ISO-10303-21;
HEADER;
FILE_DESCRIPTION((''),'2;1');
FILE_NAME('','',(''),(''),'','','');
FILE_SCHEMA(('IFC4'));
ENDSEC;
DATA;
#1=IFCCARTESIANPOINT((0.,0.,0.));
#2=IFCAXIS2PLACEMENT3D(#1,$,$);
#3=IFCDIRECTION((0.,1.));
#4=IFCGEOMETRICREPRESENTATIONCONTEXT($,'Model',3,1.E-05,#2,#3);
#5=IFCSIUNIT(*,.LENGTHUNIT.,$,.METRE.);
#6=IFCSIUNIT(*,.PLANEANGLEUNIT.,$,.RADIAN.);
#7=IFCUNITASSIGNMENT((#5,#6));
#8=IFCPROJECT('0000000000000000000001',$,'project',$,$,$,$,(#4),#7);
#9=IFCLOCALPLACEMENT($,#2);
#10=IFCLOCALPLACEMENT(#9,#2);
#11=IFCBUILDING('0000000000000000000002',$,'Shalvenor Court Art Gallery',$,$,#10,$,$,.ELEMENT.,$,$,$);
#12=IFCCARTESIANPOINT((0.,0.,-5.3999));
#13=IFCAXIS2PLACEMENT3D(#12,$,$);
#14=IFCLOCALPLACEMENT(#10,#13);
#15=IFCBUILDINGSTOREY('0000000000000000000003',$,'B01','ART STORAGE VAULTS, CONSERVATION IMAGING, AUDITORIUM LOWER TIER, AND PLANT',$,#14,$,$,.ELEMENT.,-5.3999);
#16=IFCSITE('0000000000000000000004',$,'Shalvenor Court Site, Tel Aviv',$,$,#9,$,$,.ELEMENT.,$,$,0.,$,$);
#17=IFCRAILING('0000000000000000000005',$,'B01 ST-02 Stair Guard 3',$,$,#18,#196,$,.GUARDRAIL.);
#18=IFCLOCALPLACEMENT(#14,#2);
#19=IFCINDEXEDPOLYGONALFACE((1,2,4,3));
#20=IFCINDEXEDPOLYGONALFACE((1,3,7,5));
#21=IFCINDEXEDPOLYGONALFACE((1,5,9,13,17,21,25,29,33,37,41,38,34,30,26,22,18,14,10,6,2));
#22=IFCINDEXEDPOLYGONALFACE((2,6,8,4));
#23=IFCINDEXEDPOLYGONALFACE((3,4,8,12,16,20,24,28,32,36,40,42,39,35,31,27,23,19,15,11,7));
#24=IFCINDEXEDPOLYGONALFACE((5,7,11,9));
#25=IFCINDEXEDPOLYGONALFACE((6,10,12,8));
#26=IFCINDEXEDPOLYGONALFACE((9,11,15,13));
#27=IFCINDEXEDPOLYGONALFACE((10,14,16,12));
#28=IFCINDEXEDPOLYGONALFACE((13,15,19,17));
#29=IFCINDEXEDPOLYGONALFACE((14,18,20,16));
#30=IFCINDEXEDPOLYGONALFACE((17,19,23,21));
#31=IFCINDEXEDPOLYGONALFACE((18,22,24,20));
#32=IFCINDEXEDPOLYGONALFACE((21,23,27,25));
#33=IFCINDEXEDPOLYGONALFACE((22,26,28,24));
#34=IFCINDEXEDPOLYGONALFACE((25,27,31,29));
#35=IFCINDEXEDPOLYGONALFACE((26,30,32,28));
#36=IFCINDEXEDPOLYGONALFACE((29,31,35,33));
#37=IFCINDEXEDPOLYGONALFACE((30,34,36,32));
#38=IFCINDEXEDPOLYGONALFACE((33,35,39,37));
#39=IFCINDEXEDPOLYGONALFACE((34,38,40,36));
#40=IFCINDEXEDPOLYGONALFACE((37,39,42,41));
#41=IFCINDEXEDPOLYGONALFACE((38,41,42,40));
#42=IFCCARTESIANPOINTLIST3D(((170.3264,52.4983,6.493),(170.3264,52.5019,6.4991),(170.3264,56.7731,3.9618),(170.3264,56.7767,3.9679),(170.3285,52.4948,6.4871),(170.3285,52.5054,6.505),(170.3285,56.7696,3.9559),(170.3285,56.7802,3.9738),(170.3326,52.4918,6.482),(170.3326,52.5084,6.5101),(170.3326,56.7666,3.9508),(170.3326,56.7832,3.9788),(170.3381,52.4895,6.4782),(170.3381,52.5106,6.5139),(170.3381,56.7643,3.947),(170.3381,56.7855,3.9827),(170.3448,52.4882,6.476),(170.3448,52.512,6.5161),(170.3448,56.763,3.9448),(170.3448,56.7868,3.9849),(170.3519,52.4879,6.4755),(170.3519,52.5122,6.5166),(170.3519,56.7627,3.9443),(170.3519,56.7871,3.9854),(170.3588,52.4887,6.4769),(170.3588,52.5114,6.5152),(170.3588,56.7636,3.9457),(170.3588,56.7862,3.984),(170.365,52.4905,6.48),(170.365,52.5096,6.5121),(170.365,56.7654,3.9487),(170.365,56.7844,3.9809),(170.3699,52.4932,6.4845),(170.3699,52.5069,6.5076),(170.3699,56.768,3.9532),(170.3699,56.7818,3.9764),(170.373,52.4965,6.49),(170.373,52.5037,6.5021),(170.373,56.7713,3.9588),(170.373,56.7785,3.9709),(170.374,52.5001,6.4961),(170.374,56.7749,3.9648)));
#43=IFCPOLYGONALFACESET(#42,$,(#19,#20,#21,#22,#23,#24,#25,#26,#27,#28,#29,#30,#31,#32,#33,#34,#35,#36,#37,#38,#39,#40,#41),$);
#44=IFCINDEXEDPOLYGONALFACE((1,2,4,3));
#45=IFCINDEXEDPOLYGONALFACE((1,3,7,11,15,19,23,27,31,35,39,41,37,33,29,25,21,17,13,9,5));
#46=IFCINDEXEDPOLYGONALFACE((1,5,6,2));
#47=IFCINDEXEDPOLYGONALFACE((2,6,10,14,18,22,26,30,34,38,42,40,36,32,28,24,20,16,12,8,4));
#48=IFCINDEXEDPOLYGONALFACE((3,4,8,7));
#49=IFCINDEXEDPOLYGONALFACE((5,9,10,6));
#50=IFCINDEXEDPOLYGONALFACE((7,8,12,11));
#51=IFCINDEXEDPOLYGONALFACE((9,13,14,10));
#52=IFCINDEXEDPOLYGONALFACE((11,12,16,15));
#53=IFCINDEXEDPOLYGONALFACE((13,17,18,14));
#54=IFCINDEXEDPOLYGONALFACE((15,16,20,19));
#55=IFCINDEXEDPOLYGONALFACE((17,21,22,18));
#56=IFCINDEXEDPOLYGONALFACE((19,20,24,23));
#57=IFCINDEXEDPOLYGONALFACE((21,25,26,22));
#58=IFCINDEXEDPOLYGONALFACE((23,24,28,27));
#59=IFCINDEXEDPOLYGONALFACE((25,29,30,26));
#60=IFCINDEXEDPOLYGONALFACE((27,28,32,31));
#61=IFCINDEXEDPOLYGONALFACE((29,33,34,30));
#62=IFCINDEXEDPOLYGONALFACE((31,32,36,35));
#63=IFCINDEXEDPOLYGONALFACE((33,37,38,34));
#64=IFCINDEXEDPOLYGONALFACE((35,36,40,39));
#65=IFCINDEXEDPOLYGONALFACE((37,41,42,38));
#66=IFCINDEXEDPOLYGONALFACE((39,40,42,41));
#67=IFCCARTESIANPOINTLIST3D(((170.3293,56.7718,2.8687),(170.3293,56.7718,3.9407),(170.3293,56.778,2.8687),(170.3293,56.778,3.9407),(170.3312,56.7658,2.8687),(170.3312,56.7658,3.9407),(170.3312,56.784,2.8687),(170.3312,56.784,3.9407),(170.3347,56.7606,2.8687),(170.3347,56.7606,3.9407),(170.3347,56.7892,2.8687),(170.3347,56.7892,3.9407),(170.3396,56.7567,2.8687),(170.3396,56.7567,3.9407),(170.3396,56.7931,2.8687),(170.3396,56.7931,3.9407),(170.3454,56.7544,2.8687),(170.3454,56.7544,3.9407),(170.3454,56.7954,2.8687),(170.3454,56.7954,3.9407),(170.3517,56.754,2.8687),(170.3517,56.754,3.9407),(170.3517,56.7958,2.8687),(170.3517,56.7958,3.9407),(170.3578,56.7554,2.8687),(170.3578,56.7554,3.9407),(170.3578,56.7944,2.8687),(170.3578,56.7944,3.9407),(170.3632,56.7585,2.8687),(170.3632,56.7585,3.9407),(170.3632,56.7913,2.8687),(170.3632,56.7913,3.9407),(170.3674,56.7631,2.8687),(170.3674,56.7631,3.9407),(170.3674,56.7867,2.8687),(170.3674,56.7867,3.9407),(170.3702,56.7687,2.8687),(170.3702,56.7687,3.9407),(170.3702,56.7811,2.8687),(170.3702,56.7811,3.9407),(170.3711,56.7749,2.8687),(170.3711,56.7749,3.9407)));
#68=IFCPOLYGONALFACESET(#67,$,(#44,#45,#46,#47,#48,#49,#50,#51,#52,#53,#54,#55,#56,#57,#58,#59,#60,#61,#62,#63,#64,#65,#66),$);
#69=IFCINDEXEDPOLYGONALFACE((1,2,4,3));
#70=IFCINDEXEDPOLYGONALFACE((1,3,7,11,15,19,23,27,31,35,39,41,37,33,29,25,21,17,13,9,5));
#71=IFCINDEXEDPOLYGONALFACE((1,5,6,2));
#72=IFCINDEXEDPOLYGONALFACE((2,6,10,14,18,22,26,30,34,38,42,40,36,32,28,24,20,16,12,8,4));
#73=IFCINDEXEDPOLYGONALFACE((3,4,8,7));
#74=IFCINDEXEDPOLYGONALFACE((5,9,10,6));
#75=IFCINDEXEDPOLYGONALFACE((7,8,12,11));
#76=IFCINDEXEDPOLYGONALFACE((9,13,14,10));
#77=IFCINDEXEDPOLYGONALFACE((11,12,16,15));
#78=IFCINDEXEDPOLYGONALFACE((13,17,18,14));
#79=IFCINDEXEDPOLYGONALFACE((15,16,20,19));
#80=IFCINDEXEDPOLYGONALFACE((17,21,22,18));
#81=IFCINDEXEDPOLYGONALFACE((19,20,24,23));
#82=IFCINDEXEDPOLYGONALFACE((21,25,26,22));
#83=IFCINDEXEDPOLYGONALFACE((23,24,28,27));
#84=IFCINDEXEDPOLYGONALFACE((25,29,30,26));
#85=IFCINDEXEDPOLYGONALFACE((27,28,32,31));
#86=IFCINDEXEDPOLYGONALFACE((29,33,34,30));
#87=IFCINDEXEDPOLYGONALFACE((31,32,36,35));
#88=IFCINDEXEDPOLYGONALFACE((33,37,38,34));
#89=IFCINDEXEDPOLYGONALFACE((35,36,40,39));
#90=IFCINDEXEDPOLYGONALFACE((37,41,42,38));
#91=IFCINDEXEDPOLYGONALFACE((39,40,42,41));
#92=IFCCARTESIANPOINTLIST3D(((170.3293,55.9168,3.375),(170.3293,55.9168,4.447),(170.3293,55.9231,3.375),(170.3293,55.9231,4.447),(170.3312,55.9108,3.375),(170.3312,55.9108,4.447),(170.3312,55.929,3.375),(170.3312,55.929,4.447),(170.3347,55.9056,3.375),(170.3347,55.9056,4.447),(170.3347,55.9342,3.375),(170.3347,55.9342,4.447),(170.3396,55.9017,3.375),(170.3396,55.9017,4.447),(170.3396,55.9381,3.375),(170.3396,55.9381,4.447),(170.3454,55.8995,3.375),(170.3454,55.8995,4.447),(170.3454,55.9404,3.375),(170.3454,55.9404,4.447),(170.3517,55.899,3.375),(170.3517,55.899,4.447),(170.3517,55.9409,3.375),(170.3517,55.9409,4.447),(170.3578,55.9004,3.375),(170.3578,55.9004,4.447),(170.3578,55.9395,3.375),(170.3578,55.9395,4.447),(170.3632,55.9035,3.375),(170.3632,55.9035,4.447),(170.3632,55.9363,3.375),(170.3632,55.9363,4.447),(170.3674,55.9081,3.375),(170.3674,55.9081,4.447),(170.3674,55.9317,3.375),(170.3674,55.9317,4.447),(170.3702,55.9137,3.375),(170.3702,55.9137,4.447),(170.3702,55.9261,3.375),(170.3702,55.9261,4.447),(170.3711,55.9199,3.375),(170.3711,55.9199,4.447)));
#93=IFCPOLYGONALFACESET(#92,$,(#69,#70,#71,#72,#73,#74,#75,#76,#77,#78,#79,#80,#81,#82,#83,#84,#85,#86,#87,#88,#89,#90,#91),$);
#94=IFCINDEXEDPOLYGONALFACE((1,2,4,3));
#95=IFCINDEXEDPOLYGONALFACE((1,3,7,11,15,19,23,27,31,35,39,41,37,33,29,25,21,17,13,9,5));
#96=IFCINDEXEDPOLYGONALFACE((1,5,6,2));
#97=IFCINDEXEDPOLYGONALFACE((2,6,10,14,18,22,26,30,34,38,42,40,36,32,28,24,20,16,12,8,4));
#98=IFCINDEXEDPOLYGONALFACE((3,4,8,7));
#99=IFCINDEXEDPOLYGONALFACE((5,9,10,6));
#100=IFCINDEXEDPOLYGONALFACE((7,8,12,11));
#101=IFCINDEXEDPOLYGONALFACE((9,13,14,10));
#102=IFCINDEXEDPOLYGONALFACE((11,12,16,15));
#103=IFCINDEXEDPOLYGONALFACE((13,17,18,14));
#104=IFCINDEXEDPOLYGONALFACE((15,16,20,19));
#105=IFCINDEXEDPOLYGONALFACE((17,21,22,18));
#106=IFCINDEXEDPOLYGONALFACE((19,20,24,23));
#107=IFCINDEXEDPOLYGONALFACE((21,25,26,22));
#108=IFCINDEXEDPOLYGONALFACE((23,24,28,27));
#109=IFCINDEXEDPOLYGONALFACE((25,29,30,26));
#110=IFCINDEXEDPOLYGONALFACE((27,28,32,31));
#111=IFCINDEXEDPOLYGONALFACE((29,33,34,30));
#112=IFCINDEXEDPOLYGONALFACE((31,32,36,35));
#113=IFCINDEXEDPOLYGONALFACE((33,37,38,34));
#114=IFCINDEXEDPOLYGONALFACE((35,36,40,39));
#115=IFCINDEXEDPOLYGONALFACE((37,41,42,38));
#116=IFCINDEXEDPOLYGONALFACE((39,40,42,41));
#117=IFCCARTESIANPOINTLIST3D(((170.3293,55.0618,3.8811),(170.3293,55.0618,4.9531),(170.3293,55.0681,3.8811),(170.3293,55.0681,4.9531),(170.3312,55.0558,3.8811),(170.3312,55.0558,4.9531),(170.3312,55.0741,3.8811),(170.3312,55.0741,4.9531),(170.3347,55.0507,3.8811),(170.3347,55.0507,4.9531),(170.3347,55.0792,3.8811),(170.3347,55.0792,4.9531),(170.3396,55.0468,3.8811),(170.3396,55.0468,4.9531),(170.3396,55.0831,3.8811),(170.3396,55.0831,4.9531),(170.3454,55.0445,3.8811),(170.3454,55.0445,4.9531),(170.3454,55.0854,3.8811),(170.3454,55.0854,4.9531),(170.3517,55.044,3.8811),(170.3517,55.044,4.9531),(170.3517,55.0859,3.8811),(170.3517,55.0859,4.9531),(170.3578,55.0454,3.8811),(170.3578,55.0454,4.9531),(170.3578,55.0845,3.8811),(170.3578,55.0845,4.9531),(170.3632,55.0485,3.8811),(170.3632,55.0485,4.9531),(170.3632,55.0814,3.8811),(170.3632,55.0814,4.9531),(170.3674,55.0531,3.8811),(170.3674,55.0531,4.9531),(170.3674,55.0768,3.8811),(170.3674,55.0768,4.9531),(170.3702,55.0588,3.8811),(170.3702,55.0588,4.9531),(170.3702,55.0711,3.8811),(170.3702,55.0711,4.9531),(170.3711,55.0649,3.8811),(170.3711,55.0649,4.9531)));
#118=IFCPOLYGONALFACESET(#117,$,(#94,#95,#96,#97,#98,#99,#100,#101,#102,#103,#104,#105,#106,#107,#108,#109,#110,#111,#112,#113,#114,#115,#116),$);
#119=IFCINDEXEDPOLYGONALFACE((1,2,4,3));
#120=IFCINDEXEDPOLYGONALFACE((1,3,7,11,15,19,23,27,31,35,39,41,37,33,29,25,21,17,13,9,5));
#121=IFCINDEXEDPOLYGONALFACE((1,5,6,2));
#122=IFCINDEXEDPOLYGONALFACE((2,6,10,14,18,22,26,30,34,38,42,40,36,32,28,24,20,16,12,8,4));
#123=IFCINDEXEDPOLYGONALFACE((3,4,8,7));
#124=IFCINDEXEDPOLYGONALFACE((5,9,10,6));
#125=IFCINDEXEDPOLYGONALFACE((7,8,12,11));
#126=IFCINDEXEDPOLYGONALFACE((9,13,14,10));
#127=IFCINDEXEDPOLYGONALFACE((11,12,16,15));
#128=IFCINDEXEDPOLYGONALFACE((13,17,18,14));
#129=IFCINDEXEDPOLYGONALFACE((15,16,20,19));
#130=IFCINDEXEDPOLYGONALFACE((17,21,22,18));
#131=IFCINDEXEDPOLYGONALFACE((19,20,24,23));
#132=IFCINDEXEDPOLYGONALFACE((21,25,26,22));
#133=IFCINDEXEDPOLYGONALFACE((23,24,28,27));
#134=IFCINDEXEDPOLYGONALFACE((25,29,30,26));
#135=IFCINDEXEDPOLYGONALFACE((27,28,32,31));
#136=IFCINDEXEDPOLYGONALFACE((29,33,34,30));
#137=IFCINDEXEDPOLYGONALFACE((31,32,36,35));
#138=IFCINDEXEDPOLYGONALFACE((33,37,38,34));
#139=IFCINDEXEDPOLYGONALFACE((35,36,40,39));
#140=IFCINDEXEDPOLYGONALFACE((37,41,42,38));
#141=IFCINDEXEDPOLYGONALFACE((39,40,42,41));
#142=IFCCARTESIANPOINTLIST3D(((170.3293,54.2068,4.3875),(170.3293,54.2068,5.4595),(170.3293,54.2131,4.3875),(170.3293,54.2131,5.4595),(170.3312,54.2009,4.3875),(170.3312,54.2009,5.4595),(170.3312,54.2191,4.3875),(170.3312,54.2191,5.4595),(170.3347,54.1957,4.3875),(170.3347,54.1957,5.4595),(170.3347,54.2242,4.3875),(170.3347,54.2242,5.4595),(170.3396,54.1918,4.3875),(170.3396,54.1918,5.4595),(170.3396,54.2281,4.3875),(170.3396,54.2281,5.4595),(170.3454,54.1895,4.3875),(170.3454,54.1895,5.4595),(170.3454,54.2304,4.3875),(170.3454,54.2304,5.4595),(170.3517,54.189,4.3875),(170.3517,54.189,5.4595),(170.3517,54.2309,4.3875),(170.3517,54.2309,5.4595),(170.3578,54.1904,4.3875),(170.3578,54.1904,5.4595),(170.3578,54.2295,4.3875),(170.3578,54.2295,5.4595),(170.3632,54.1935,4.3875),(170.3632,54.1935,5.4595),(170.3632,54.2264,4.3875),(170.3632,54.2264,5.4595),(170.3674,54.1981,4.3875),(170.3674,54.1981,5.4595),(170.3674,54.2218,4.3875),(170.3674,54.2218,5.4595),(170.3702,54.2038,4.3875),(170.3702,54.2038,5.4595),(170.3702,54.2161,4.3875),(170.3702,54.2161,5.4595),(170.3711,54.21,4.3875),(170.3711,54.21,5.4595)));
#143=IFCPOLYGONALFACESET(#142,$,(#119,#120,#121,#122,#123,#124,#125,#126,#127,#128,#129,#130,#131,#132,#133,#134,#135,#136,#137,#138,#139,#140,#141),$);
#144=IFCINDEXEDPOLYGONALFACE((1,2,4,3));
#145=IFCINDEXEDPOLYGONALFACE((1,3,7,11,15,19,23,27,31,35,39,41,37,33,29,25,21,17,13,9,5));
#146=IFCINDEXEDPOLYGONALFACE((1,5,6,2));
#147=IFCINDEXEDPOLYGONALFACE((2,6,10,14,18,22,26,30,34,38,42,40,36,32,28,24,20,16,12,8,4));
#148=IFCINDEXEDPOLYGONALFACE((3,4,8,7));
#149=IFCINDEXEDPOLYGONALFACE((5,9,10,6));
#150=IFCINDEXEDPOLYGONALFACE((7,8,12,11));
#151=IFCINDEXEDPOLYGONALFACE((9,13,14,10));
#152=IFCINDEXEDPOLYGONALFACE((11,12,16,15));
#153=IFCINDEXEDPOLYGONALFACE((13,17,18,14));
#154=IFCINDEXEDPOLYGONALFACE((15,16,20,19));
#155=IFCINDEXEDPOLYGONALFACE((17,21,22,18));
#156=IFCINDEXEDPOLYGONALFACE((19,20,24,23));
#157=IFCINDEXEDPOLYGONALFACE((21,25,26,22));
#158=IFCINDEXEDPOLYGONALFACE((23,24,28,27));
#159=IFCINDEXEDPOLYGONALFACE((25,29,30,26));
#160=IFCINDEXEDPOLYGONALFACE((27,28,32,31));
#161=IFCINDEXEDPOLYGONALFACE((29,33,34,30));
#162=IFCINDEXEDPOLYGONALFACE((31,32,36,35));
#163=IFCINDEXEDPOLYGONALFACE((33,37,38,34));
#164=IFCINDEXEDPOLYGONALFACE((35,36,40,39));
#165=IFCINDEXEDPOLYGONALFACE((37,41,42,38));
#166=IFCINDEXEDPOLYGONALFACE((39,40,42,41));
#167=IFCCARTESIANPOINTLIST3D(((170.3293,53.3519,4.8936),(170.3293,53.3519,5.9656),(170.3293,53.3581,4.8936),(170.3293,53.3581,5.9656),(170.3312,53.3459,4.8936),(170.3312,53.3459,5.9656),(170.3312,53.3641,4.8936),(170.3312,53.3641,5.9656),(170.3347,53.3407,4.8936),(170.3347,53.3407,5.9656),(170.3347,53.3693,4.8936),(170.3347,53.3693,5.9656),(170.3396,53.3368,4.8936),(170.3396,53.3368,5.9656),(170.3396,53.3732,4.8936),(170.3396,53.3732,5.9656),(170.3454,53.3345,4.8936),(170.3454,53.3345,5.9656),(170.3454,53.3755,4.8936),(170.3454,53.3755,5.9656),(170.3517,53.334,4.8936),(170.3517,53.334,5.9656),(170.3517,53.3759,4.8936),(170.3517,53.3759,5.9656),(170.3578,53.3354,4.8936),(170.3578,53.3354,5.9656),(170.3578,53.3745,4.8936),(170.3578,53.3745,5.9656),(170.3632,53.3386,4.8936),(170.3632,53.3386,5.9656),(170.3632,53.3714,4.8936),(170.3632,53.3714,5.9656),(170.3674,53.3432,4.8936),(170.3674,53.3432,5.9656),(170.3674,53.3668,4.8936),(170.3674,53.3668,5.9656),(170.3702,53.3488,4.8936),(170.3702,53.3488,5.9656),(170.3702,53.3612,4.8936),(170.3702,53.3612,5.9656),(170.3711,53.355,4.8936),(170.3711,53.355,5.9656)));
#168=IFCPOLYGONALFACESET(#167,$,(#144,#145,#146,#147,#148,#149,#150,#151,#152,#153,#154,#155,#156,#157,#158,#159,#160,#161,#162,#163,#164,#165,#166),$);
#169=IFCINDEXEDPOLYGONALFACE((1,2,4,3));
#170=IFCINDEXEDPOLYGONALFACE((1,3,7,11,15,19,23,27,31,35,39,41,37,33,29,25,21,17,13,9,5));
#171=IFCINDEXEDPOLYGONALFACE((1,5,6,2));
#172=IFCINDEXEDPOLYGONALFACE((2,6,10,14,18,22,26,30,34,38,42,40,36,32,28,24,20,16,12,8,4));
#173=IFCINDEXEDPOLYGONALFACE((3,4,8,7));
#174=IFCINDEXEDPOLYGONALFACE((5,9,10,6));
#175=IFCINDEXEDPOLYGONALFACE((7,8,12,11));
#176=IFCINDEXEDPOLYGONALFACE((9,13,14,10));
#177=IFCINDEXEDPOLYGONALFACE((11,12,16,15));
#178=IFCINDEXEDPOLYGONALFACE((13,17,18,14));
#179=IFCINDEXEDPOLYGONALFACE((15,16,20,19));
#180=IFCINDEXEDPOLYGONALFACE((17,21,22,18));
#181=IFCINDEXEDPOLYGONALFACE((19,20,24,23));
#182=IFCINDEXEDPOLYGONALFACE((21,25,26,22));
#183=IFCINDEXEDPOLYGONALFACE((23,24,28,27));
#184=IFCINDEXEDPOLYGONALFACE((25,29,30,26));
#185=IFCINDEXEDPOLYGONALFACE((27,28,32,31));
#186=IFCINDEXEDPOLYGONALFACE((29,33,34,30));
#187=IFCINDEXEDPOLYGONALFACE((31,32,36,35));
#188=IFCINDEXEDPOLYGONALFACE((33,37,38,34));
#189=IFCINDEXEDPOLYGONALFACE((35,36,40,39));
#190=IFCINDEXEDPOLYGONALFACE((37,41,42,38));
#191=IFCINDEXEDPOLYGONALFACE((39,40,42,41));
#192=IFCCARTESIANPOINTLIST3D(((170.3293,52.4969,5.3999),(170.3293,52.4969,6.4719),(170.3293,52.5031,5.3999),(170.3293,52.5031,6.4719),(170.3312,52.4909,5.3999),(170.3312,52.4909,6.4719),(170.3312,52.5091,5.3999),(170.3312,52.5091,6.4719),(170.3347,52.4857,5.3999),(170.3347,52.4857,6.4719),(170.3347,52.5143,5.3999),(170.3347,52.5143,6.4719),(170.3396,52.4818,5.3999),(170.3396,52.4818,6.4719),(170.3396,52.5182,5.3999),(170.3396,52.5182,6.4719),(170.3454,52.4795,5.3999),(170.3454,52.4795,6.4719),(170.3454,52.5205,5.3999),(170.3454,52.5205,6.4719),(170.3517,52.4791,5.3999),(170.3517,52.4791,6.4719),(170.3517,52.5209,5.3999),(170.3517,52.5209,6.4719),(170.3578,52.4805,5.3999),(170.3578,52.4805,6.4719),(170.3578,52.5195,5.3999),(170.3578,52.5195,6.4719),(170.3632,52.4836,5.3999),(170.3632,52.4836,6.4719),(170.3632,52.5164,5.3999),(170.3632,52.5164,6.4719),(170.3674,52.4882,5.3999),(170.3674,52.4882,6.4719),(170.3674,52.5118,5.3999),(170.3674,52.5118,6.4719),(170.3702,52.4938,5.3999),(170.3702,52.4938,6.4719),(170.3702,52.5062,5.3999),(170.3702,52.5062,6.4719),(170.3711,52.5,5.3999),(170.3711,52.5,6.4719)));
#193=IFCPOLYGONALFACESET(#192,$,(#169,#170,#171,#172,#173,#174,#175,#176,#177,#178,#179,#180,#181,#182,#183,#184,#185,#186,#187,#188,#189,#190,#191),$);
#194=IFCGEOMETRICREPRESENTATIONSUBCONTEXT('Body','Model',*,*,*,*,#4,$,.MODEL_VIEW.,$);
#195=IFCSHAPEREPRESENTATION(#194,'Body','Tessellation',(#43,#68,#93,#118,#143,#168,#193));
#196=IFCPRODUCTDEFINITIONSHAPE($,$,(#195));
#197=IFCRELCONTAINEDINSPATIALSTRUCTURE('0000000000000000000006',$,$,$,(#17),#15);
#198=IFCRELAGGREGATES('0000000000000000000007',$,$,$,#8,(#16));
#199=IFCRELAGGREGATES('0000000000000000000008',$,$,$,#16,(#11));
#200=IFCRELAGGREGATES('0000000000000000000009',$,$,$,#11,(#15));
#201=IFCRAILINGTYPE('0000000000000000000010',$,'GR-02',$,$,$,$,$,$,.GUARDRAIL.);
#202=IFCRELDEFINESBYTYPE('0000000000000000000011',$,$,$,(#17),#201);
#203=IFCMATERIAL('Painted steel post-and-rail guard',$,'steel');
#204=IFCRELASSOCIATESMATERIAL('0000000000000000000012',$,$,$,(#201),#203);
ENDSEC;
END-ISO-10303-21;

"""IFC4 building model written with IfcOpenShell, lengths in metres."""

from ifc_helpers import new_model, si_unit, direction, frame, origin, origin_2d, place, context, subcontext, project, spatial, circle, extrude, material, type_object, element, save


model = new_model("IFC4")

# Units and contexts
model_context = context("Model", 3, precision=1e-05, world=origin(), true_north=direction((0.0, 1.0)))
body_context = subcontext(model_context, "Body", "Model", "MODEL_VIEW")
ifc_project = project(units=[si_unit("LENGTHUNIT", "METRE"), si_unit("PLANEANGLEUNIT", "RADIAN")], contexts=[model_context])

# Site, building, storey
site_placement = place(None, origin())
site = spatial("IfcSite", under=ifc_project, at=site_placement, Name="Shalvenor Court Site, Tel Aviv", CompositionType="ELEMENT", RefElevation=0.0)
building_placement = place(site_placement, origin())
building = spatial("IfcBuilding", under=site, at=building_placement, Name="Shalvenor Court Art Gallery", CompositionType="ELEMENT")
storey_placement = place(building_placement, frame((0.0, 0.0, -5.3999)))
storey = spatial("IfcBuildingStorey", under=building, at=storey_placement, Name="B01", Description="ART STORAGE VAULTS, CONSERVATION IMAGING, AUDITORIUM LOWER TIER, AND PLANT", CompositionType="ELEMENT", Elevation=-5.3999)

# Railing
ifc_material_1 = material(Name="Painted steel post-and-rail guard", Category="steel")
railing_type_1 = type_object("IfcRailingType", Name="GR-02", PredefinedType="GUARDRAIL", material=ifc_material_1)
railing_1_placement = place(storey_placement, frame((170.3501, 56.7749, 2.8687)))
element("IfcRailing", 1, at=railing_1_placement, inside=storey, type_object=railing_type_1, Name="B01 ST-02 Stair Guard 3", PredefinedType="GUARDRAIL", context=body_context, shape_type="SweptSolid", body=[
    extrude(circle(Radius=0.0239, at=origin_2d()), frame((0.0, 0.0, 1.0962), z_axis=(0.0, -0.86047, 0.509501), x_axis=(1.0, 0.0, 0.0)), (0.0, 0.0, 1.0), 4.968),
    extrude(circle(Radius=0.021, at=origin_2d()), origin(), (0.0, 0.0, 1.0), 1.072),
    extrude(circle(Radius=0.021, at=origin_2d()), frame((0.0, -0.855, 0.5063)), (0.0, 0.0, 1.0), 1.072),
    extrude(circle(Radius=0.021, at=origin_2d()), frame((0.0, -1.71, 1.0125)), (0.0, 0.0, 1.0), 1.072),
    extrude(circle(Radius=0.021, at=origin_2d()), frame((0.0, -2.5649, 1.5188)), (0.0, 0.0, 1.0), 1.072),
    extrude(circle(Radius=0.021, at=origin_2d()), frame((0.0, -3.4199, 2.0249)), (0.0, 0.0, 1.0), 1.072),
    extrude(circle(Radius=0.021, at=origin_2d()), frame((0.0, -4.2749, 2.5312)), (0.0, 0.0, 1.0), 1.072),
])

save(model, "model.ifc")
